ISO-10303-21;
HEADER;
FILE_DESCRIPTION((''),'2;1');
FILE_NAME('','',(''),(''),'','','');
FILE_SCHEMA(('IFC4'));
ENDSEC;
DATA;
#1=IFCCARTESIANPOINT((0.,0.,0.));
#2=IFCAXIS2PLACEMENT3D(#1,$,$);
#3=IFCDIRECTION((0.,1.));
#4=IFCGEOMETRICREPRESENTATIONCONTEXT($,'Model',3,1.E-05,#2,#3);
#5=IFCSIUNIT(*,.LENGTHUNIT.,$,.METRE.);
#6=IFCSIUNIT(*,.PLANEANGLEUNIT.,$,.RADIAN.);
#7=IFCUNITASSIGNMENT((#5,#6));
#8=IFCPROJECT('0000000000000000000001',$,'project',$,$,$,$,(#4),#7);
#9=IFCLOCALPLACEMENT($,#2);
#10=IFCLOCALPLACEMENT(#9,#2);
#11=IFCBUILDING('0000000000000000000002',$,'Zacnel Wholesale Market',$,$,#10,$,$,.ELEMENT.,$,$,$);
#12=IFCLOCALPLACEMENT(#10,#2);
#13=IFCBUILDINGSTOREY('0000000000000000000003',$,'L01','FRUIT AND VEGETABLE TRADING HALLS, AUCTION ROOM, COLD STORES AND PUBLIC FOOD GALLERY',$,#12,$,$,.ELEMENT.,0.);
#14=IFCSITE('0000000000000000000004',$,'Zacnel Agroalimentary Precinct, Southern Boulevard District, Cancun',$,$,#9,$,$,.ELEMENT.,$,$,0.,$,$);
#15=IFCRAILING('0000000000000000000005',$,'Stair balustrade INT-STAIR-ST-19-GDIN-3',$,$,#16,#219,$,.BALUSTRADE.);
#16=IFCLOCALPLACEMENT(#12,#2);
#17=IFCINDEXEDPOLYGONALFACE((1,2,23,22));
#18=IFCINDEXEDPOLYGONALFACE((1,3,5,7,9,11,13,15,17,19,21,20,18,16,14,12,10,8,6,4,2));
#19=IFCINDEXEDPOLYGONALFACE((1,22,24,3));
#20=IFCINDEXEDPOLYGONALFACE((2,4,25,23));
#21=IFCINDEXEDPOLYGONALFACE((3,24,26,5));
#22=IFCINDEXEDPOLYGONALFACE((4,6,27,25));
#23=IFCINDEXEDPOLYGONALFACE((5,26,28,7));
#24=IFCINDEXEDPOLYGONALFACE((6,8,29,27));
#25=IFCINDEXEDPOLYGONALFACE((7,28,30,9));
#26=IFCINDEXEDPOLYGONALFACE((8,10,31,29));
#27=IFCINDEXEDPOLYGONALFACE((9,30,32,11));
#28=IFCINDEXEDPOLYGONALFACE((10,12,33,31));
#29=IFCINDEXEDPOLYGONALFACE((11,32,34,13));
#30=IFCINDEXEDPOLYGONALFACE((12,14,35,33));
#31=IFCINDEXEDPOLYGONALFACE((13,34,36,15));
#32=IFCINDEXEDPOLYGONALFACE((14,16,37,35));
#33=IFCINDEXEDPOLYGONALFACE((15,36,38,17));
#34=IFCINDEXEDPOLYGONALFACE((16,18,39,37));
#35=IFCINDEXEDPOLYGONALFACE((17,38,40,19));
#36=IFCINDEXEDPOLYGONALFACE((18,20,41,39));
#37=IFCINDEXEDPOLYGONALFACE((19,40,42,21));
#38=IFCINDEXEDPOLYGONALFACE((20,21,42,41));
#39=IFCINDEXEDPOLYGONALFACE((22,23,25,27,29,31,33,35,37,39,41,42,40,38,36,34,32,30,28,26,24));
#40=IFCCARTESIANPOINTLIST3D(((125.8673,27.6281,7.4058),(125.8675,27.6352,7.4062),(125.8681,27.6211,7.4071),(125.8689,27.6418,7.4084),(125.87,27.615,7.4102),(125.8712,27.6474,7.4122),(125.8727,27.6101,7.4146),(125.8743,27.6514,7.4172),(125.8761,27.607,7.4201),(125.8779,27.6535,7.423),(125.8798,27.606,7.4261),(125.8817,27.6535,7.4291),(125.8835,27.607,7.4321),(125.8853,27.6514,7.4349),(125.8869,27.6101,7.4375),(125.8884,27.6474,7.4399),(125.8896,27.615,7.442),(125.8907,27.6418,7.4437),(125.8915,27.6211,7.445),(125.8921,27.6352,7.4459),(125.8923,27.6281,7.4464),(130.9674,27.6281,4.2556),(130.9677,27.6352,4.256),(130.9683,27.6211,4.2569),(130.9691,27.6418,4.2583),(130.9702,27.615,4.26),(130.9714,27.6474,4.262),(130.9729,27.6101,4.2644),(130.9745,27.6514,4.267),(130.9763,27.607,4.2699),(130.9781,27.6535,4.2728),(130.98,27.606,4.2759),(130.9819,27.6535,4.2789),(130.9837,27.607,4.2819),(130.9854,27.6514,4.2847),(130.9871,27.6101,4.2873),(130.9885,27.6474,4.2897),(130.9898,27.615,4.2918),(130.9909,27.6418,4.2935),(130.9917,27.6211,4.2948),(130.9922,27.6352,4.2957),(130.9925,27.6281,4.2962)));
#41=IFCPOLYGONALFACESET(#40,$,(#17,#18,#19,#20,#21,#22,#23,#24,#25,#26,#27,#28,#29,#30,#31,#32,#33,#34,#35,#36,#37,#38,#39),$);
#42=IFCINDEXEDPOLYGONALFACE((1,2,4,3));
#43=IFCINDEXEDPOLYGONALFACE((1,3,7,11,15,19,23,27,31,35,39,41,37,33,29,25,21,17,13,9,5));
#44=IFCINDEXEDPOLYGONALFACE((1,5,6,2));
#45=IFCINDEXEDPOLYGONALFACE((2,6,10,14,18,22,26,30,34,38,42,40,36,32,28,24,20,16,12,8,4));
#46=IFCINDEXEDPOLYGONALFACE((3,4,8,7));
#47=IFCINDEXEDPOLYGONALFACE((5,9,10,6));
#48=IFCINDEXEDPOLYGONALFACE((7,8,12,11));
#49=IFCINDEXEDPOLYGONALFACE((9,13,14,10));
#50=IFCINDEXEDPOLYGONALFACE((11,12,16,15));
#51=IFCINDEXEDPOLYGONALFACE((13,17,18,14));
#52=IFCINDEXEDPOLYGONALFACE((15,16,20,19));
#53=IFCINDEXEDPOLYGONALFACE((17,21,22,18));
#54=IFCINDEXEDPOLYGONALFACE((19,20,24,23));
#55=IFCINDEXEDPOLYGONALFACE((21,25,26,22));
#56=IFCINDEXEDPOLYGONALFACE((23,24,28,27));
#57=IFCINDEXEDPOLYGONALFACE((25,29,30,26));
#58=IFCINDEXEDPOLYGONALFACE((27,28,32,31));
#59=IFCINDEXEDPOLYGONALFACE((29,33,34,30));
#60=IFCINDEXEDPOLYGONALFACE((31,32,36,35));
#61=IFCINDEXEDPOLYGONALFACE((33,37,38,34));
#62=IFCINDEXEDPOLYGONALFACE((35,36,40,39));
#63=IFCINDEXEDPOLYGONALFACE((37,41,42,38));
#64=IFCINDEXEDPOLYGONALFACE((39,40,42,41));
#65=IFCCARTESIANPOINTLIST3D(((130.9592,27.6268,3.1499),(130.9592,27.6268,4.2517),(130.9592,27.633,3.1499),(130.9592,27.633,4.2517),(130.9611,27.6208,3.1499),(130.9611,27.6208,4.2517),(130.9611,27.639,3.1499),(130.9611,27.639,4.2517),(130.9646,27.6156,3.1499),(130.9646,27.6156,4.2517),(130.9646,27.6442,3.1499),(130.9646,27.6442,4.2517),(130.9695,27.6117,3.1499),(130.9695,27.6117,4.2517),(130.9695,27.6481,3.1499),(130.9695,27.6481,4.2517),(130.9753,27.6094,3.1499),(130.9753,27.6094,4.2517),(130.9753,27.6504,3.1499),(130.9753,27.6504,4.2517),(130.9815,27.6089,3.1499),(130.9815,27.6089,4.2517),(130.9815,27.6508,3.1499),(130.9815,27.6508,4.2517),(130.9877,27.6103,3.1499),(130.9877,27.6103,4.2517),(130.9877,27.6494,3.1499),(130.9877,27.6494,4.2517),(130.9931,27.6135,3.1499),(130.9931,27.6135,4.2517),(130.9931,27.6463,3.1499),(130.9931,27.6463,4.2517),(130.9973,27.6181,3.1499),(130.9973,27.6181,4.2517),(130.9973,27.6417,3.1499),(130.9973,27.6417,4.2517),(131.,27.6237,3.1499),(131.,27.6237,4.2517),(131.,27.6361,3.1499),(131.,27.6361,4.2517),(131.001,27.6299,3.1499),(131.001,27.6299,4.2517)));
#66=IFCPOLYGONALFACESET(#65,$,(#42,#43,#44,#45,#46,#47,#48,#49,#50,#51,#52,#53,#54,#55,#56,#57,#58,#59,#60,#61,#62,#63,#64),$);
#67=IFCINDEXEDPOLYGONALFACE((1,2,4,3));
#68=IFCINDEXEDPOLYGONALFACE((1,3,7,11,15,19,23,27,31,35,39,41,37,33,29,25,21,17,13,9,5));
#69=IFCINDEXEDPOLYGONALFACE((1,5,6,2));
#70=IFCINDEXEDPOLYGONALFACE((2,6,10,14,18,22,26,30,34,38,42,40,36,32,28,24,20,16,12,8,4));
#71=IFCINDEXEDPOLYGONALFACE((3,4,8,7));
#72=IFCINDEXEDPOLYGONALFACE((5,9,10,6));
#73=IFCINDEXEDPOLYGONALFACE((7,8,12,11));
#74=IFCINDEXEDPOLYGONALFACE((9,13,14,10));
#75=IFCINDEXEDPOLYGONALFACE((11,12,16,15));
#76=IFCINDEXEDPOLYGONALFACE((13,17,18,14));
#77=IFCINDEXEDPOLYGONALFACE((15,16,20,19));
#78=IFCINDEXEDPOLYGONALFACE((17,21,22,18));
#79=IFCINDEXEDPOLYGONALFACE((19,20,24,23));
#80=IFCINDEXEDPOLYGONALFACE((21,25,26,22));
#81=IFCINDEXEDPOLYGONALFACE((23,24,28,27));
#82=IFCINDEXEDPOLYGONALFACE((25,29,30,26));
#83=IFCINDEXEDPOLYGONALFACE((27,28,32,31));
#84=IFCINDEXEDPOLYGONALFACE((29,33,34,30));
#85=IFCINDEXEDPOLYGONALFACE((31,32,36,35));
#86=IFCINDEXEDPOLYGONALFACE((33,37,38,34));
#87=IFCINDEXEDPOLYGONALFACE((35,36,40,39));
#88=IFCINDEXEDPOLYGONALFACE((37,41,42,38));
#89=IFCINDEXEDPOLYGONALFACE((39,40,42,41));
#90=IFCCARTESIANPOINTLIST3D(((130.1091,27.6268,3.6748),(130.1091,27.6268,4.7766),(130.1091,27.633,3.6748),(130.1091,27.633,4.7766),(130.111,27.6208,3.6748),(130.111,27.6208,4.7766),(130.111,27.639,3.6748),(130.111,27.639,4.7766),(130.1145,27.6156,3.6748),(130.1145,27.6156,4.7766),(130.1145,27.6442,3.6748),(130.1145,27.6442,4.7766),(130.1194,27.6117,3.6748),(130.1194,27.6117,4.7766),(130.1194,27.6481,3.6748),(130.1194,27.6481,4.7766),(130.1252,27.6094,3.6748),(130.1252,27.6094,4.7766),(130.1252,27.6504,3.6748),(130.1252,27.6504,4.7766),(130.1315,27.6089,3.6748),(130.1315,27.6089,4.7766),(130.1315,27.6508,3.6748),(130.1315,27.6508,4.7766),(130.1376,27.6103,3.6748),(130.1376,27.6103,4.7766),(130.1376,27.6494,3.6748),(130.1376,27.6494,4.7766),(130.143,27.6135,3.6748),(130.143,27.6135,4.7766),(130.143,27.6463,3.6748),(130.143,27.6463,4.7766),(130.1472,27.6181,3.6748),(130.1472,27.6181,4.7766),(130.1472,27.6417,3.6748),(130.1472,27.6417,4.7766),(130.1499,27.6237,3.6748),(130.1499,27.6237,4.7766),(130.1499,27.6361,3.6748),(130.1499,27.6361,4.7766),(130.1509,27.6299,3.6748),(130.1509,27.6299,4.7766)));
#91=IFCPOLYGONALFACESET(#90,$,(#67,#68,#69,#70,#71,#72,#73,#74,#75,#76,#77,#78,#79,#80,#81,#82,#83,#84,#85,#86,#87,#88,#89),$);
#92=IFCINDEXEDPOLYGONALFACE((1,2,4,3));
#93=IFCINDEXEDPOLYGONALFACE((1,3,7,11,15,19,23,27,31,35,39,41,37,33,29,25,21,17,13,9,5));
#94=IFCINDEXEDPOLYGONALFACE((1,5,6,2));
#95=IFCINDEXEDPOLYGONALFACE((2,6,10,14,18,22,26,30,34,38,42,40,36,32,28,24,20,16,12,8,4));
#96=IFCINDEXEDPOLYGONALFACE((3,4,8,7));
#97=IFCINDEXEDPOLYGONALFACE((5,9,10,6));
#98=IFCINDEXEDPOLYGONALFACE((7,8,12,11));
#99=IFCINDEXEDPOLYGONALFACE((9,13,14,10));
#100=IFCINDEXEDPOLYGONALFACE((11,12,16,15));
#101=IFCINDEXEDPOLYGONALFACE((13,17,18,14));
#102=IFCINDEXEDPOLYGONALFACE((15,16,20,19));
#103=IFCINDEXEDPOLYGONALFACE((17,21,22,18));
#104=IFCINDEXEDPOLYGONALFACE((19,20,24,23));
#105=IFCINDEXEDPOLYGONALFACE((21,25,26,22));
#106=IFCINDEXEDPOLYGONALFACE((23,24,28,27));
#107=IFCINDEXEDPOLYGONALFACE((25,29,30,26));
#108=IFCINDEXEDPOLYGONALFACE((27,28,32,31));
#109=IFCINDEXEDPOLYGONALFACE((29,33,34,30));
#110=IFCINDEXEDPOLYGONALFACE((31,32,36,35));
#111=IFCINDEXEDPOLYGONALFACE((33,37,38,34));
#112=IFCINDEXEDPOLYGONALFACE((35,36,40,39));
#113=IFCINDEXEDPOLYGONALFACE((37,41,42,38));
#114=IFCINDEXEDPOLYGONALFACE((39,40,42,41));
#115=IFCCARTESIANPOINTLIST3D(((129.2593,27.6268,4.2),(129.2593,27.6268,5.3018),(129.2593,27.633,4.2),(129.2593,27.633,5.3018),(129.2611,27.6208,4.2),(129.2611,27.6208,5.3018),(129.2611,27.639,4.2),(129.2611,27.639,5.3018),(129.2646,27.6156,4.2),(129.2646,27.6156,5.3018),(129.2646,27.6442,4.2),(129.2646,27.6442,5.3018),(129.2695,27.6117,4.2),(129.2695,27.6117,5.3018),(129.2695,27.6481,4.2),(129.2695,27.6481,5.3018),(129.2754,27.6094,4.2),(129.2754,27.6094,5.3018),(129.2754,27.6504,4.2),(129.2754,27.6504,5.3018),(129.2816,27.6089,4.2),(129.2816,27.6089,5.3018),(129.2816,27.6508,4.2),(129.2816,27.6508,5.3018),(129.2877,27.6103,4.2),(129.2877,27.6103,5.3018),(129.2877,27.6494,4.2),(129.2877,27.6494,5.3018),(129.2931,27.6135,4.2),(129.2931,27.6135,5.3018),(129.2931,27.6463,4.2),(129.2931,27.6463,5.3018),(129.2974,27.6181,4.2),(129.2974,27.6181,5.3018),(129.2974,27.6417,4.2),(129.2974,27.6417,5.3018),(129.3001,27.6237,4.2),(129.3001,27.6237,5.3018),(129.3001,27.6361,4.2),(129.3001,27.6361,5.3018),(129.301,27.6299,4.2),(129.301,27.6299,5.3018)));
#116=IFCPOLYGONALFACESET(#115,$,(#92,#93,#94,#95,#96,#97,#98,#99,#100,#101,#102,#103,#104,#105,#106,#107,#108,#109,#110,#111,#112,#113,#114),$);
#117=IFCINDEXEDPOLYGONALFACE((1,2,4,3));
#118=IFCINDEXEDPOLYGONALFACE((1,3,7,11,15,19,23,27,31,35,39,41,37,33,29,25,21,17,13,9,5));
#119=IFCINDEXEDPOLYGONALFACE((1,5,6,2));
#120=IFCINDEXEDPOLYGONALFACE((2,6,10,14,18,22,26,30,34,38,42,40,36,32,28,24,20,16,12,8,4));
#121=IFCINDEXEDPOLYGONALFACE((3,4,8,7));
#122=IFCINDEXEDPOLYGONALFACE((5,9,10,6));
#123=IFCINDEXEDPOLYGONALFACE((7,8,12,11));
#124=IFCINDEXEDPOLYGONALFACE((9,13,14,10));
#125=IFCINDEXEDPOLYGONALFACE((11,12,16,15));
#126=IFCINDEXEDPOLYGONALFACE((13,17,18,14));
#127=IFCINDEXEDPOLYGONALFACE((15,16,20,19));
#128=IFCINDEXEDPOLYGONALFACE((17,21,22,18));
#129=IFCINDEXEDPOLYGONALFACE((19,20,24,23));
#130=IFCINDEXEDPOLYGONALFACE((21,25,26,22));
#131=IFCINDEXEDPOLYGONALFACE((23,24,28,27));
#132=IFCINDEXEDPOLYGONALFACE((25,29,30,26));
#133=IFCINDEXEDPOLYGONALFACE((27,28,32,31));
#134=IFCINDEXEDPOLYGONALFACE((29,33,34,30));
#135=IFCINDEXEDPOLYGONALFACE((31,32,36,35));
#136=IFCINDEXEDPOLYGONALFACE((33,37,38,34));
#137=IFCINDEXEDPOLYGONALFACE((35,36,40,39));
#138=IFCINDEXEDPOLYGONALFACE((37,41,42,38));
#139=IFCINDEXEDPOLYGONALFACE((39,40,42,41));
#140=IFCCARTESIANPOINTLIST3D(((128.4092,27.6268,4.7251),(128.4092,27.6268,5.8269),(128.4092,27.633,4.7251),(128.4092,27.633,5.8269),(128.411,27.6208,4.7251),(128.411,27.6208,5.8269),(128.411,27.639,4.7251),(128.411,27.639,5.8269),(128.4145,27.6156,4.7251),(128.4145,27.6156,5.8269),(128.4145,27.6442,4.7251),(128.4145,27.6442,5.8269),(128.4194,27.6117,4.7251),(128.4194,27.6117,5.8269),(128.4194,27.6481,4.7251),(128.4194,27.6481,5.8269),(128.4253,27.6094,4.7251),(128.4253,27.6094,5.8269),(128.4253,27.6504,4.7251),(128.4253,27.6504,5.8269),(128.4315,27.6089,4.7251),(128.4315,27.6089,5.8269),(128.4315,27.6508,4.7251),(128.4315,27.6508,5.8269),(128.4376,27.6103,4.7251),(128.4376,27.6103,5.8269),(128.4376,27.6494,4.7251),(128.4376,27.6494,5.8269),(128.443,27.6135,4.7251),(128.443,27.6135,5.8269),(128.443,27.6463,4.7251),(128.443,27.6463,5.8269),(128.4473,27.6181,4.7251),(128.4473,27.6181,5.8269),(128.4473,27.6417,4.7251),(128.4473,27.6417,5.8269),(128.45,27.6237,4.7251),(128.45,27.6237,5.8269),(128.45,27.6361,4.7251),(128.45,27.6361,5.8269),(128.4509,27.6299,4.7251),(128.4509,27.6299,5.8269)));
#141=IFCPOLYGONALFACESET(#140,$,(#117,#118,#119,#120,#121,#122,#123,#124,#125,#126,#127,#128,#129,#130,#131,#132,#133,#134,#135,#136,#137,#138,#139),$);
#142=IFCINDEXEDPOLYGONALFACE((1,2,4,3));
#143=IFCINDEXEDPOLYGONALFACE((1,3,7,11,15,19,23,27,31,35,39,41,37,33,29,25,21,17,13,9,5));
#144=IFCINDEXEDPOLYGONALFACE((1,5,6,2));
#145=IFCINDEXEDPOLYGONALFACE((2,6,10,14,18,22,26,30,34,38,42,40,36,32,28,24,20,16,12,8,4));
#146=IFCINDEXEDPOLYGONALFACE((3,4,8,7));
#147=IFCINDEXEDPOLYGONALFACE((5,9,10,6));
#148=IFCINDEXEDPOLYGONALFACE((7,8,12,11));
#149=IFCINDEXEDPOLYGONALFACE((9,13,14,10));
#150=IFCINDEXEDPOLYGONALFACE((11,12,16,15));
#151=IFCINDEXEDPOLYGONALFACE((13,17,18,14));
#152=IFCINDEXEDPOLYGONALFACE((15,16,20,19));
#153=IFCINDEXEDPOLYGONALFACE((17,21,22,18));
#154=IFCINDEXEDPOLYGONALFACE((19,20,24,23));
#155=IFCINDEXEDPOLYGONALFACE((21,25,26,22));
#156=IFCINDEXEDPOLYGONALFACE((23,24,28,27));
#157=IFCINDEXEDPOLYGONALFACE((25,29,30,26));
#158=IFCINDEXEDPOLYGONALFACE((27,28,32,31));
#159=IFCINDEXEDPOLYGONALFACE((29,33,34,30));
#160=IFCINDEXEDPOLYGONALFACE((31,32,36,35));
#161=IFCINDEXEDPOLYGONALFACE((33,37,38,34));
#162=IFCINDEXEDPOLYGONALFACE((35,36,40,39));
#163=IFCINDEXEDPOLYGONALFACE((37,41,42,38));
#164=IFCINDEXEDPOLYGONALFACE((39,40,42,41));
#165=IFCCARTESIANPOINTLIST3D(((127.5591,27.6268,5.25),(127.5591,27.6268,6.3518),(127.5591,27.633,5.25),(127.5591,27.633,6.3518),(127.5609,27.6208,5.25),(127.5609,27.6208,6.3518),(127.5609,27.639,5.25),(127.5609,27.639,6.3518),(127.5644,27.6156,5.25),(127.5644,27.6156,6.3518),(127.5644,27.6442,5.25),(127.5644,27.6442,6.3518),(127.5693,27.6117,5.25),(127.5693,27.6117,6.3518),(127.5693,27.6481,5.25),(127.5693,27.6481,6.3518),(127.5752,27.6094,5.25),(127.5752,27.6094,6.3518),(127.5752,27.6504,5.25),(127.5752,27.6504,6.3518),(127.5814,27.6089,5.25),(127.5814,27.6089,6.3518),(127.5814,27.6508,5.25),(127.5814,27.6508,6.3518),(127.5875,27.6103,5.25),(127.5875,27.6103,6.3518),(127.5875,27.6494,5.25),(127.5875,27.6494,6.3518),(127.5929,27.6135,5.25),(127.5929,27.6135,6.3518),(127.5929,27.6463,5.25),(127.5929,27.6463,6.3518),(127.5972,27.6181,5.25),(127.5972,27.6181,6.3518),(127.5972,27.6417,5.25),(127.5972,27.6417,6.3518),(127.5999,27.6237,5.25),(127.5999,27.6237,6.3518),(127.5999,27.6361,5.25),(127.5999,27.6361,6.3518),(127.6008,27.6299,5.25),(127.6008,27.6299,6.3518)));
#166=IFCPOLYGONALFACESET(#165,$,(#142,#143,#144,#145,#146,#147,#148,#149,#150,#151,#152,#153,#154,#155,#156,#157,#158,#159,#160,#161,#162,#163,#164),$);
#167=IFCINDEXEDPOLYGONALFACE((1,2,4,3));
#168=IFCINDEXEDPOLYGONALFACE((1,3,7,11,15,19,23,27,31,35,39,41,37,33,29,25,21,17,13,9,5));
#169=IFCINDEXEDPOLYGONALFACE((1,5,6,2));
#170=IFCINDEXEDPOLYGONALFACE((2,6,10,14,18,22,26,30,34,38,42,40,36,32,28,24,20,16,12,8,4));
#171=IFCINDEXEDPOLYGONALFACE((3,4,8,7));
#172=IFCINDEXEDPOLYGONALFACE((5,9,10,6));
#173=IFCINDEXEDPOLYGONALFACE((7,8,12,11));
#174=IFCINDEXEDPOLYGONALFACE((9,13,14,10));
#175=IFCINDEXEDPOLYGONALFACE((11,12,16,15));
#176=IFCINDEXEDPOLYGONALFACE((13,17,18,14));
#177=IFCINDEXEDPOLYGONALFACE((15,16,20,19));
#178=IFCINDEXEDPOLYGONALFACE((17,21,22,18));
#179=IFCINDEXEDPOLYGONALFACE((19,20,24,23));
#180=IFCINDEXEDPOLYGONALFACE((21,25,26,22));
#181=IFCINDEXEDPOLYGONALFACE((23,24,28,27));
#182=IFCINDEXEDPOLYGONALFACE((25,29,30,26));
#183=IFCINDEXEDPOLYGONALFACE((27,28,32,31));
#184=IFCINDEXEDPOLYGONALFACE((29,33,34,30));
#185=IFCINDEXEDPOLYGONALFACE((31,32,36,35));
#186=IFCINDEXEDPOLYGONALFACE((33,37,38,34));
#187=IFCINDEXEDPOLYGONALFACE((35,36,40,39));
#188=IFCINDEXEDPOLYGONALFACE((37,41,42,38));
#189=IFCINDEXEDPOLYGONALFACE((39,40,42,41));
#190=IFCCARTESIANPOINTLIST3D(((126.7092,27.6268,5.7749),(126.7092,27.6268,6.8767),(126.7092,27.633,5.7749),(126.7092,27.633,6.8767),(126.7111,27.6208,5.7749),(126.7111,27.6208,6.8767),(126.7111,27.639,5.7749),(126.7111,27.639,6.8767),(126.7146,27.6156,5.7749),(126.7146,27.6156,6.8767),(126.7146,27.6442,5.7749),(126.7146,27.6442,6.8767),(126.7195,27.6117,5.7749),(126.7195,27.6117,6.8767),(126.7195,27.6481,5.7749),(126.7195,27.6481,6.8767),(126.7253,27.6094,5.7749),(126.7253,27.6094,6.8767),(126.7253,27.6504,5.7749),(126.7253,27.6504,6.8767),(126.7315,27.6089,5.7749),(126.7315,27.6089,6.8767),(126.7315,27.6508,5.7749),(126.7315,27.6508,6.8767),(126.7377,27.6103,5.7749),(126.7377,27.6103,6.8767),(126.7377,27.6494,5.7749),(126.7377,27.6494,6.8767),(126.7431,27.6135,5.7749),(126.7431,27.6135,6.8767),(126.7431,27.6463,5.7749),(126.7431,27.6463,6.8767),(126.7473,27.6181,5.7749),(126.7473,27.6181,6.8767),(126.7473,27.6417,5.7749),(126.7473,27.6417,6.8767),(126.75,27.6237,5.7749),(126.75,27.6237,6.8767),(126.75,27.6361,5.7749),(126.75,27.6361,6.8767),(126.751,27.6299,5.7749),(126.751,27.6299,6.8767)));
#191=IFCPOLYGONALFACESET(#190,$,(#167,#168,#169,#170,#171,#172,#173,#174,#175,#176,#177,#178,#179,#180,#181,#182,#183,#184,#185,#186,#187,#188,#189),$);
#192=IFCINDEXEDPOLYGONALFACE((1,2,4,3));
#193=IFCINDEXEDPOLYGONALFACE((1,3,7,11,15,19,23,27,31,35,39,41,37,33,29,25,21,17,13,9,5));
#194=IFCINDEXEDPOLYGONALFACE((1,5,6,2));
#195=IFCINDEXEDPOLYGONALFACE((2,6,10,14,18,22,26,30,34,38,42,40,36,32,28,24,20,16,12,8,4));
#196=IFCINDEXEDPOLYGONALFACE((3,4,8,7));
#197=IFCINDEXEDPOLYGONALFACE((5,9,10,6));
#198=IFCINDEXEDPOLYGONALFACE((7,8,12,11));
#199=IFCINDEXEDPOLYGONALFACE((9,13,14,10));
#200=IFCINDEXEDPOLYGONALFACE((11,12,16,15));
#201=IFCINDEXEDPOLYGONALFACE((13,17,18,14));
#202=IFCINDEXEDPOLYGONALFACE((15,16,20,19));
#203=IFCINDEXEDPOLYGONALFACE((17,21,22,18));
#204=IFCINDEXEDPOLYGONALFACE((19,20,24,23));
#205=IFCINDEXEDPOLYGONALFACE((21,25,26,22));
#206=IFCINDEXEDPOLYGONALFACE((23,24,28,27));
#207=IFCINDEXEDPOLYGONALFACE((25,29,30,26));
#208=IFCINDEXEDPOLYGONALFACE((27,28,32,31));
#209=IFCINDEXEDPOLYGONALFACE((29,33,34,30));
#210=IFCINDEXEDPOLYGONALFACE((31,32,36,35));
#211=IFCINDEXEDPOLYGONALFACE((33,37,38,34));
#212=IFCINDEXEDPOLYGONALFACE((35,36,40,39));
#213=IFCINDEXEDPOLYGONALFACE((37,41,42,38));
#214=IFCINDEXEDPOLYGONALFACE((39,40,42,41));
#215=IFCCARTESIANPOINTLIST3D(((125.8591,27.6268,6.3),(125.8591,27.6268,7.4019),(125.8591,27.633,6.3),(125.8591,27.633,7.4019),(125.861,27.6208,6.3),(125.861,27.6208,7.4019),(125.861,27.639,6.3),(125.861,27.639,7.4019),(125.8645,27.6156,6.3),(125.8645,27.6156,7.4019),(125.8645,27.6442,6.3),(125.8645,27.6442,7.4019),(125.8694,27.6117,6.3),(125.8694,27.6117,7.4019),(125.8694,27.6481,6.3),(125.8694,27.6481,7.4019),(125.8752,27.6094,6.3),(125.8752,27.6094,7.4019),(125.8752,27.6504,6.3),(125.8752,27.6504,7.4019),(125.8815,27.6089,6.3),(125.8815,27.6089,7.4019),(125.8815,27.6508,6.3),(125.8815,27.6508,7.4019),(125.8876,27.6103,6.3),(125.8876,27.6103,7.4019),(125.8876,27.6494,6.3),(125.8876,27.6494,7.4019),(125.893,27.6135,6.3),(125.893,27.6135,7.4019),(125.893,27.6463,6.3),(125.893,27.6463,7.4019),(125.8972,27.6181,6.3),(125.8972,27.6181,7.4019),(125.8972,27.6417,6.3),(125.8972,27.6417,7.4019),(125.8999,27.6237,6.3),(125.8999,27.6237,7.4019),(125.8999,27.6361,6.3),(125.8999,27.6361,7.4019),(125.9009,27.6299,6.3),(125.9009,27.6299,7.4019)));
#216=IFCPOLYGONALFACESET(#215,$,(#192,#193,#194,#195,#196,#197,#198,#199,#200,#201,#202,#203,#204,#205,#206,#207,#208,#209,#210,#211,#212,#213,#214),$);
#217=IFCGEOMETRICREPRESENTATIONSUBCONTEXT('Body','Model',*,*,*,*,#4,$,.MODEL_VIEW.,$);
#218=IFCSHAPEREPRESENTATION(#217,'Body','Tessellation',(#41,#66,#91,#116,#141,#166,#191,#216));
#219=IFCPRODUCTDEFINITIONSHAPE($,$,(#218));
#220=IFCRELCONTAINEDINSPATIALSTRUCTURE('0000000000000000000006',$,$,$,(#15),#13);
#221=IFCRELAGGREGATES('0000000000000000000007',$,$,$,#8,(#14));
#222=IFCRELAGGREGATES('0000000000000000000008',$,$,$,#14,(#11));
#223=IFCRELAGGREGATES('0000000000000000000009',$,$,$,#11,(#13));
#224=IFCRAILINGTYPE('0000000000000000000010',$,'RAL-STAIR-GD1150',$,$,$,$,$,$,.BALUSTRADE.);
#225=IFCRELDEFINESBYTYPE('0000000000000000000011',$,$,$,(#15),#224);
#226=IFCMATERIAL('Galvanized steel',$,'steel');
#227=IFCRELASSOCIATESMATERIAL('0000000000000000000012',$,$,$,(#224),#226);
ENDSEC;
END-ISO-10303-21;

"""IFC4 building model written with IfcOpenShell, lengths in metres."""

from ifc_helpers import new_model, si_unit, direction, frame, origin, origin_2d, place, context, subcontext, project, spatial, circle, extrude, material, type_object, element, save


model = new_model("IFC4")

# Units and contexts
model_context = context("Model", 3, precision=1e-05, world=origin(), true_north=direction((0.0, 1.0)))
body_context = subcontext(model_context, "Body", "Model", "MODEL_VIEW")
ifc_project = project(units=[si_unit("LENGTHUNIT", "METRE"), si_unit("PLANEANGLEUNIT", "RADIAN")], contexts=[model_context])

# Site, building, storey
site_placement = place(None, origin())
site = spatial("IfcSite", under=ifc_project, at=site_placement, Name="Zacnel Agroalimentary Precinct, Southern Boulevard District, Cancun", CompositionType="ELEMENT", RefElevation=0.0)
building_placement = place(site_placement, origin())
building = spatial("IfcBuilding", under=site, at=building_placement, Name="Zacnel Wholesale Market", CompositionType="ELEMENT")
storey_placement = place(building_placement, origin())
storey = spatial("IfcBuildingStorey", under=building, at=storey_placement, Name="L01", Description="FRUIT AND VEGETABLE TRADING HALLS, AUCTION ROOM, COLD STORES AND PUBLIC FOOD GALLERY", CompositionType="ELEMENT", Elevation=0.0)

# Railing
ifc_material_1 = material(Name="Galvanized steel", Category="steel")
railing_type_1 = type_object("IfcRailingType", Name="RAL-STAIR-GD1150", PredefinedType="BALUSTRADE", material=ifc_material_1)
railing_1_placement = place(storey_placement, frame((130.98, 27.6299, 3.1499)))
element("IfcRailing", 1, at=railing_1_placement, inside=storey, type_object=railing_type_1, Name="Stair balustrade INT-STAIR-ST-19-GDIN-3", PredefinedType="BALUSTRADE", context=body_context, shape_type="SweptSolid", body=[
    extrude(circle(Radius=0.0239, at=origin_2d()), frame((0.0, 0.0, 1.126), z_axis=(-0.850792, 0.0, 0.525503), x_axis=(0.0, -1.0, 0.0)), (0.0, 0.0, 1.0), 5.9946),
    extrude(circle(Radius=0.021, at=origin_2d()), origin(), (0.0, 0.0, 1.0), 1.1018),
    extrude(circle(Radius=0.021, at=origin_2d()), frame((-0.8501, 0.0, 0.5249)), (0.0, 0.0, 1.0), 1.1018),
    extrude(circle(Radius=0.021, at=origin_2d()), frame((-1.7, 0.0, 1.05)), (0.0, 0.0, 1.0), 1.1018),
    extrude(circle(Radius=0.021, at=origin_2d()), frame((-2.55, 0.0, 1.5752)), (0.0, 0.0, 1.0), 1.1018),
    extrude(circle(Radius=0.021, at=origin_2d()), frame((-3.4001, 0.0, 2.1001)), (0.0, 0.0, 1.0), 1.1018),
    extrude(circle(Radius=0.021, at=origin_2d()), frame((-4.25, 0.0, 2.625)), (0.0, 0.0, 1.0), 1.1018),
    extrude(circle(Radius=0.021, at=origin_2d()), frame((-5.1001, 0.0, 3.1501)), (0.0, 0.0, 1.0), 1.1018),
])

save(model, "model.ifc")
